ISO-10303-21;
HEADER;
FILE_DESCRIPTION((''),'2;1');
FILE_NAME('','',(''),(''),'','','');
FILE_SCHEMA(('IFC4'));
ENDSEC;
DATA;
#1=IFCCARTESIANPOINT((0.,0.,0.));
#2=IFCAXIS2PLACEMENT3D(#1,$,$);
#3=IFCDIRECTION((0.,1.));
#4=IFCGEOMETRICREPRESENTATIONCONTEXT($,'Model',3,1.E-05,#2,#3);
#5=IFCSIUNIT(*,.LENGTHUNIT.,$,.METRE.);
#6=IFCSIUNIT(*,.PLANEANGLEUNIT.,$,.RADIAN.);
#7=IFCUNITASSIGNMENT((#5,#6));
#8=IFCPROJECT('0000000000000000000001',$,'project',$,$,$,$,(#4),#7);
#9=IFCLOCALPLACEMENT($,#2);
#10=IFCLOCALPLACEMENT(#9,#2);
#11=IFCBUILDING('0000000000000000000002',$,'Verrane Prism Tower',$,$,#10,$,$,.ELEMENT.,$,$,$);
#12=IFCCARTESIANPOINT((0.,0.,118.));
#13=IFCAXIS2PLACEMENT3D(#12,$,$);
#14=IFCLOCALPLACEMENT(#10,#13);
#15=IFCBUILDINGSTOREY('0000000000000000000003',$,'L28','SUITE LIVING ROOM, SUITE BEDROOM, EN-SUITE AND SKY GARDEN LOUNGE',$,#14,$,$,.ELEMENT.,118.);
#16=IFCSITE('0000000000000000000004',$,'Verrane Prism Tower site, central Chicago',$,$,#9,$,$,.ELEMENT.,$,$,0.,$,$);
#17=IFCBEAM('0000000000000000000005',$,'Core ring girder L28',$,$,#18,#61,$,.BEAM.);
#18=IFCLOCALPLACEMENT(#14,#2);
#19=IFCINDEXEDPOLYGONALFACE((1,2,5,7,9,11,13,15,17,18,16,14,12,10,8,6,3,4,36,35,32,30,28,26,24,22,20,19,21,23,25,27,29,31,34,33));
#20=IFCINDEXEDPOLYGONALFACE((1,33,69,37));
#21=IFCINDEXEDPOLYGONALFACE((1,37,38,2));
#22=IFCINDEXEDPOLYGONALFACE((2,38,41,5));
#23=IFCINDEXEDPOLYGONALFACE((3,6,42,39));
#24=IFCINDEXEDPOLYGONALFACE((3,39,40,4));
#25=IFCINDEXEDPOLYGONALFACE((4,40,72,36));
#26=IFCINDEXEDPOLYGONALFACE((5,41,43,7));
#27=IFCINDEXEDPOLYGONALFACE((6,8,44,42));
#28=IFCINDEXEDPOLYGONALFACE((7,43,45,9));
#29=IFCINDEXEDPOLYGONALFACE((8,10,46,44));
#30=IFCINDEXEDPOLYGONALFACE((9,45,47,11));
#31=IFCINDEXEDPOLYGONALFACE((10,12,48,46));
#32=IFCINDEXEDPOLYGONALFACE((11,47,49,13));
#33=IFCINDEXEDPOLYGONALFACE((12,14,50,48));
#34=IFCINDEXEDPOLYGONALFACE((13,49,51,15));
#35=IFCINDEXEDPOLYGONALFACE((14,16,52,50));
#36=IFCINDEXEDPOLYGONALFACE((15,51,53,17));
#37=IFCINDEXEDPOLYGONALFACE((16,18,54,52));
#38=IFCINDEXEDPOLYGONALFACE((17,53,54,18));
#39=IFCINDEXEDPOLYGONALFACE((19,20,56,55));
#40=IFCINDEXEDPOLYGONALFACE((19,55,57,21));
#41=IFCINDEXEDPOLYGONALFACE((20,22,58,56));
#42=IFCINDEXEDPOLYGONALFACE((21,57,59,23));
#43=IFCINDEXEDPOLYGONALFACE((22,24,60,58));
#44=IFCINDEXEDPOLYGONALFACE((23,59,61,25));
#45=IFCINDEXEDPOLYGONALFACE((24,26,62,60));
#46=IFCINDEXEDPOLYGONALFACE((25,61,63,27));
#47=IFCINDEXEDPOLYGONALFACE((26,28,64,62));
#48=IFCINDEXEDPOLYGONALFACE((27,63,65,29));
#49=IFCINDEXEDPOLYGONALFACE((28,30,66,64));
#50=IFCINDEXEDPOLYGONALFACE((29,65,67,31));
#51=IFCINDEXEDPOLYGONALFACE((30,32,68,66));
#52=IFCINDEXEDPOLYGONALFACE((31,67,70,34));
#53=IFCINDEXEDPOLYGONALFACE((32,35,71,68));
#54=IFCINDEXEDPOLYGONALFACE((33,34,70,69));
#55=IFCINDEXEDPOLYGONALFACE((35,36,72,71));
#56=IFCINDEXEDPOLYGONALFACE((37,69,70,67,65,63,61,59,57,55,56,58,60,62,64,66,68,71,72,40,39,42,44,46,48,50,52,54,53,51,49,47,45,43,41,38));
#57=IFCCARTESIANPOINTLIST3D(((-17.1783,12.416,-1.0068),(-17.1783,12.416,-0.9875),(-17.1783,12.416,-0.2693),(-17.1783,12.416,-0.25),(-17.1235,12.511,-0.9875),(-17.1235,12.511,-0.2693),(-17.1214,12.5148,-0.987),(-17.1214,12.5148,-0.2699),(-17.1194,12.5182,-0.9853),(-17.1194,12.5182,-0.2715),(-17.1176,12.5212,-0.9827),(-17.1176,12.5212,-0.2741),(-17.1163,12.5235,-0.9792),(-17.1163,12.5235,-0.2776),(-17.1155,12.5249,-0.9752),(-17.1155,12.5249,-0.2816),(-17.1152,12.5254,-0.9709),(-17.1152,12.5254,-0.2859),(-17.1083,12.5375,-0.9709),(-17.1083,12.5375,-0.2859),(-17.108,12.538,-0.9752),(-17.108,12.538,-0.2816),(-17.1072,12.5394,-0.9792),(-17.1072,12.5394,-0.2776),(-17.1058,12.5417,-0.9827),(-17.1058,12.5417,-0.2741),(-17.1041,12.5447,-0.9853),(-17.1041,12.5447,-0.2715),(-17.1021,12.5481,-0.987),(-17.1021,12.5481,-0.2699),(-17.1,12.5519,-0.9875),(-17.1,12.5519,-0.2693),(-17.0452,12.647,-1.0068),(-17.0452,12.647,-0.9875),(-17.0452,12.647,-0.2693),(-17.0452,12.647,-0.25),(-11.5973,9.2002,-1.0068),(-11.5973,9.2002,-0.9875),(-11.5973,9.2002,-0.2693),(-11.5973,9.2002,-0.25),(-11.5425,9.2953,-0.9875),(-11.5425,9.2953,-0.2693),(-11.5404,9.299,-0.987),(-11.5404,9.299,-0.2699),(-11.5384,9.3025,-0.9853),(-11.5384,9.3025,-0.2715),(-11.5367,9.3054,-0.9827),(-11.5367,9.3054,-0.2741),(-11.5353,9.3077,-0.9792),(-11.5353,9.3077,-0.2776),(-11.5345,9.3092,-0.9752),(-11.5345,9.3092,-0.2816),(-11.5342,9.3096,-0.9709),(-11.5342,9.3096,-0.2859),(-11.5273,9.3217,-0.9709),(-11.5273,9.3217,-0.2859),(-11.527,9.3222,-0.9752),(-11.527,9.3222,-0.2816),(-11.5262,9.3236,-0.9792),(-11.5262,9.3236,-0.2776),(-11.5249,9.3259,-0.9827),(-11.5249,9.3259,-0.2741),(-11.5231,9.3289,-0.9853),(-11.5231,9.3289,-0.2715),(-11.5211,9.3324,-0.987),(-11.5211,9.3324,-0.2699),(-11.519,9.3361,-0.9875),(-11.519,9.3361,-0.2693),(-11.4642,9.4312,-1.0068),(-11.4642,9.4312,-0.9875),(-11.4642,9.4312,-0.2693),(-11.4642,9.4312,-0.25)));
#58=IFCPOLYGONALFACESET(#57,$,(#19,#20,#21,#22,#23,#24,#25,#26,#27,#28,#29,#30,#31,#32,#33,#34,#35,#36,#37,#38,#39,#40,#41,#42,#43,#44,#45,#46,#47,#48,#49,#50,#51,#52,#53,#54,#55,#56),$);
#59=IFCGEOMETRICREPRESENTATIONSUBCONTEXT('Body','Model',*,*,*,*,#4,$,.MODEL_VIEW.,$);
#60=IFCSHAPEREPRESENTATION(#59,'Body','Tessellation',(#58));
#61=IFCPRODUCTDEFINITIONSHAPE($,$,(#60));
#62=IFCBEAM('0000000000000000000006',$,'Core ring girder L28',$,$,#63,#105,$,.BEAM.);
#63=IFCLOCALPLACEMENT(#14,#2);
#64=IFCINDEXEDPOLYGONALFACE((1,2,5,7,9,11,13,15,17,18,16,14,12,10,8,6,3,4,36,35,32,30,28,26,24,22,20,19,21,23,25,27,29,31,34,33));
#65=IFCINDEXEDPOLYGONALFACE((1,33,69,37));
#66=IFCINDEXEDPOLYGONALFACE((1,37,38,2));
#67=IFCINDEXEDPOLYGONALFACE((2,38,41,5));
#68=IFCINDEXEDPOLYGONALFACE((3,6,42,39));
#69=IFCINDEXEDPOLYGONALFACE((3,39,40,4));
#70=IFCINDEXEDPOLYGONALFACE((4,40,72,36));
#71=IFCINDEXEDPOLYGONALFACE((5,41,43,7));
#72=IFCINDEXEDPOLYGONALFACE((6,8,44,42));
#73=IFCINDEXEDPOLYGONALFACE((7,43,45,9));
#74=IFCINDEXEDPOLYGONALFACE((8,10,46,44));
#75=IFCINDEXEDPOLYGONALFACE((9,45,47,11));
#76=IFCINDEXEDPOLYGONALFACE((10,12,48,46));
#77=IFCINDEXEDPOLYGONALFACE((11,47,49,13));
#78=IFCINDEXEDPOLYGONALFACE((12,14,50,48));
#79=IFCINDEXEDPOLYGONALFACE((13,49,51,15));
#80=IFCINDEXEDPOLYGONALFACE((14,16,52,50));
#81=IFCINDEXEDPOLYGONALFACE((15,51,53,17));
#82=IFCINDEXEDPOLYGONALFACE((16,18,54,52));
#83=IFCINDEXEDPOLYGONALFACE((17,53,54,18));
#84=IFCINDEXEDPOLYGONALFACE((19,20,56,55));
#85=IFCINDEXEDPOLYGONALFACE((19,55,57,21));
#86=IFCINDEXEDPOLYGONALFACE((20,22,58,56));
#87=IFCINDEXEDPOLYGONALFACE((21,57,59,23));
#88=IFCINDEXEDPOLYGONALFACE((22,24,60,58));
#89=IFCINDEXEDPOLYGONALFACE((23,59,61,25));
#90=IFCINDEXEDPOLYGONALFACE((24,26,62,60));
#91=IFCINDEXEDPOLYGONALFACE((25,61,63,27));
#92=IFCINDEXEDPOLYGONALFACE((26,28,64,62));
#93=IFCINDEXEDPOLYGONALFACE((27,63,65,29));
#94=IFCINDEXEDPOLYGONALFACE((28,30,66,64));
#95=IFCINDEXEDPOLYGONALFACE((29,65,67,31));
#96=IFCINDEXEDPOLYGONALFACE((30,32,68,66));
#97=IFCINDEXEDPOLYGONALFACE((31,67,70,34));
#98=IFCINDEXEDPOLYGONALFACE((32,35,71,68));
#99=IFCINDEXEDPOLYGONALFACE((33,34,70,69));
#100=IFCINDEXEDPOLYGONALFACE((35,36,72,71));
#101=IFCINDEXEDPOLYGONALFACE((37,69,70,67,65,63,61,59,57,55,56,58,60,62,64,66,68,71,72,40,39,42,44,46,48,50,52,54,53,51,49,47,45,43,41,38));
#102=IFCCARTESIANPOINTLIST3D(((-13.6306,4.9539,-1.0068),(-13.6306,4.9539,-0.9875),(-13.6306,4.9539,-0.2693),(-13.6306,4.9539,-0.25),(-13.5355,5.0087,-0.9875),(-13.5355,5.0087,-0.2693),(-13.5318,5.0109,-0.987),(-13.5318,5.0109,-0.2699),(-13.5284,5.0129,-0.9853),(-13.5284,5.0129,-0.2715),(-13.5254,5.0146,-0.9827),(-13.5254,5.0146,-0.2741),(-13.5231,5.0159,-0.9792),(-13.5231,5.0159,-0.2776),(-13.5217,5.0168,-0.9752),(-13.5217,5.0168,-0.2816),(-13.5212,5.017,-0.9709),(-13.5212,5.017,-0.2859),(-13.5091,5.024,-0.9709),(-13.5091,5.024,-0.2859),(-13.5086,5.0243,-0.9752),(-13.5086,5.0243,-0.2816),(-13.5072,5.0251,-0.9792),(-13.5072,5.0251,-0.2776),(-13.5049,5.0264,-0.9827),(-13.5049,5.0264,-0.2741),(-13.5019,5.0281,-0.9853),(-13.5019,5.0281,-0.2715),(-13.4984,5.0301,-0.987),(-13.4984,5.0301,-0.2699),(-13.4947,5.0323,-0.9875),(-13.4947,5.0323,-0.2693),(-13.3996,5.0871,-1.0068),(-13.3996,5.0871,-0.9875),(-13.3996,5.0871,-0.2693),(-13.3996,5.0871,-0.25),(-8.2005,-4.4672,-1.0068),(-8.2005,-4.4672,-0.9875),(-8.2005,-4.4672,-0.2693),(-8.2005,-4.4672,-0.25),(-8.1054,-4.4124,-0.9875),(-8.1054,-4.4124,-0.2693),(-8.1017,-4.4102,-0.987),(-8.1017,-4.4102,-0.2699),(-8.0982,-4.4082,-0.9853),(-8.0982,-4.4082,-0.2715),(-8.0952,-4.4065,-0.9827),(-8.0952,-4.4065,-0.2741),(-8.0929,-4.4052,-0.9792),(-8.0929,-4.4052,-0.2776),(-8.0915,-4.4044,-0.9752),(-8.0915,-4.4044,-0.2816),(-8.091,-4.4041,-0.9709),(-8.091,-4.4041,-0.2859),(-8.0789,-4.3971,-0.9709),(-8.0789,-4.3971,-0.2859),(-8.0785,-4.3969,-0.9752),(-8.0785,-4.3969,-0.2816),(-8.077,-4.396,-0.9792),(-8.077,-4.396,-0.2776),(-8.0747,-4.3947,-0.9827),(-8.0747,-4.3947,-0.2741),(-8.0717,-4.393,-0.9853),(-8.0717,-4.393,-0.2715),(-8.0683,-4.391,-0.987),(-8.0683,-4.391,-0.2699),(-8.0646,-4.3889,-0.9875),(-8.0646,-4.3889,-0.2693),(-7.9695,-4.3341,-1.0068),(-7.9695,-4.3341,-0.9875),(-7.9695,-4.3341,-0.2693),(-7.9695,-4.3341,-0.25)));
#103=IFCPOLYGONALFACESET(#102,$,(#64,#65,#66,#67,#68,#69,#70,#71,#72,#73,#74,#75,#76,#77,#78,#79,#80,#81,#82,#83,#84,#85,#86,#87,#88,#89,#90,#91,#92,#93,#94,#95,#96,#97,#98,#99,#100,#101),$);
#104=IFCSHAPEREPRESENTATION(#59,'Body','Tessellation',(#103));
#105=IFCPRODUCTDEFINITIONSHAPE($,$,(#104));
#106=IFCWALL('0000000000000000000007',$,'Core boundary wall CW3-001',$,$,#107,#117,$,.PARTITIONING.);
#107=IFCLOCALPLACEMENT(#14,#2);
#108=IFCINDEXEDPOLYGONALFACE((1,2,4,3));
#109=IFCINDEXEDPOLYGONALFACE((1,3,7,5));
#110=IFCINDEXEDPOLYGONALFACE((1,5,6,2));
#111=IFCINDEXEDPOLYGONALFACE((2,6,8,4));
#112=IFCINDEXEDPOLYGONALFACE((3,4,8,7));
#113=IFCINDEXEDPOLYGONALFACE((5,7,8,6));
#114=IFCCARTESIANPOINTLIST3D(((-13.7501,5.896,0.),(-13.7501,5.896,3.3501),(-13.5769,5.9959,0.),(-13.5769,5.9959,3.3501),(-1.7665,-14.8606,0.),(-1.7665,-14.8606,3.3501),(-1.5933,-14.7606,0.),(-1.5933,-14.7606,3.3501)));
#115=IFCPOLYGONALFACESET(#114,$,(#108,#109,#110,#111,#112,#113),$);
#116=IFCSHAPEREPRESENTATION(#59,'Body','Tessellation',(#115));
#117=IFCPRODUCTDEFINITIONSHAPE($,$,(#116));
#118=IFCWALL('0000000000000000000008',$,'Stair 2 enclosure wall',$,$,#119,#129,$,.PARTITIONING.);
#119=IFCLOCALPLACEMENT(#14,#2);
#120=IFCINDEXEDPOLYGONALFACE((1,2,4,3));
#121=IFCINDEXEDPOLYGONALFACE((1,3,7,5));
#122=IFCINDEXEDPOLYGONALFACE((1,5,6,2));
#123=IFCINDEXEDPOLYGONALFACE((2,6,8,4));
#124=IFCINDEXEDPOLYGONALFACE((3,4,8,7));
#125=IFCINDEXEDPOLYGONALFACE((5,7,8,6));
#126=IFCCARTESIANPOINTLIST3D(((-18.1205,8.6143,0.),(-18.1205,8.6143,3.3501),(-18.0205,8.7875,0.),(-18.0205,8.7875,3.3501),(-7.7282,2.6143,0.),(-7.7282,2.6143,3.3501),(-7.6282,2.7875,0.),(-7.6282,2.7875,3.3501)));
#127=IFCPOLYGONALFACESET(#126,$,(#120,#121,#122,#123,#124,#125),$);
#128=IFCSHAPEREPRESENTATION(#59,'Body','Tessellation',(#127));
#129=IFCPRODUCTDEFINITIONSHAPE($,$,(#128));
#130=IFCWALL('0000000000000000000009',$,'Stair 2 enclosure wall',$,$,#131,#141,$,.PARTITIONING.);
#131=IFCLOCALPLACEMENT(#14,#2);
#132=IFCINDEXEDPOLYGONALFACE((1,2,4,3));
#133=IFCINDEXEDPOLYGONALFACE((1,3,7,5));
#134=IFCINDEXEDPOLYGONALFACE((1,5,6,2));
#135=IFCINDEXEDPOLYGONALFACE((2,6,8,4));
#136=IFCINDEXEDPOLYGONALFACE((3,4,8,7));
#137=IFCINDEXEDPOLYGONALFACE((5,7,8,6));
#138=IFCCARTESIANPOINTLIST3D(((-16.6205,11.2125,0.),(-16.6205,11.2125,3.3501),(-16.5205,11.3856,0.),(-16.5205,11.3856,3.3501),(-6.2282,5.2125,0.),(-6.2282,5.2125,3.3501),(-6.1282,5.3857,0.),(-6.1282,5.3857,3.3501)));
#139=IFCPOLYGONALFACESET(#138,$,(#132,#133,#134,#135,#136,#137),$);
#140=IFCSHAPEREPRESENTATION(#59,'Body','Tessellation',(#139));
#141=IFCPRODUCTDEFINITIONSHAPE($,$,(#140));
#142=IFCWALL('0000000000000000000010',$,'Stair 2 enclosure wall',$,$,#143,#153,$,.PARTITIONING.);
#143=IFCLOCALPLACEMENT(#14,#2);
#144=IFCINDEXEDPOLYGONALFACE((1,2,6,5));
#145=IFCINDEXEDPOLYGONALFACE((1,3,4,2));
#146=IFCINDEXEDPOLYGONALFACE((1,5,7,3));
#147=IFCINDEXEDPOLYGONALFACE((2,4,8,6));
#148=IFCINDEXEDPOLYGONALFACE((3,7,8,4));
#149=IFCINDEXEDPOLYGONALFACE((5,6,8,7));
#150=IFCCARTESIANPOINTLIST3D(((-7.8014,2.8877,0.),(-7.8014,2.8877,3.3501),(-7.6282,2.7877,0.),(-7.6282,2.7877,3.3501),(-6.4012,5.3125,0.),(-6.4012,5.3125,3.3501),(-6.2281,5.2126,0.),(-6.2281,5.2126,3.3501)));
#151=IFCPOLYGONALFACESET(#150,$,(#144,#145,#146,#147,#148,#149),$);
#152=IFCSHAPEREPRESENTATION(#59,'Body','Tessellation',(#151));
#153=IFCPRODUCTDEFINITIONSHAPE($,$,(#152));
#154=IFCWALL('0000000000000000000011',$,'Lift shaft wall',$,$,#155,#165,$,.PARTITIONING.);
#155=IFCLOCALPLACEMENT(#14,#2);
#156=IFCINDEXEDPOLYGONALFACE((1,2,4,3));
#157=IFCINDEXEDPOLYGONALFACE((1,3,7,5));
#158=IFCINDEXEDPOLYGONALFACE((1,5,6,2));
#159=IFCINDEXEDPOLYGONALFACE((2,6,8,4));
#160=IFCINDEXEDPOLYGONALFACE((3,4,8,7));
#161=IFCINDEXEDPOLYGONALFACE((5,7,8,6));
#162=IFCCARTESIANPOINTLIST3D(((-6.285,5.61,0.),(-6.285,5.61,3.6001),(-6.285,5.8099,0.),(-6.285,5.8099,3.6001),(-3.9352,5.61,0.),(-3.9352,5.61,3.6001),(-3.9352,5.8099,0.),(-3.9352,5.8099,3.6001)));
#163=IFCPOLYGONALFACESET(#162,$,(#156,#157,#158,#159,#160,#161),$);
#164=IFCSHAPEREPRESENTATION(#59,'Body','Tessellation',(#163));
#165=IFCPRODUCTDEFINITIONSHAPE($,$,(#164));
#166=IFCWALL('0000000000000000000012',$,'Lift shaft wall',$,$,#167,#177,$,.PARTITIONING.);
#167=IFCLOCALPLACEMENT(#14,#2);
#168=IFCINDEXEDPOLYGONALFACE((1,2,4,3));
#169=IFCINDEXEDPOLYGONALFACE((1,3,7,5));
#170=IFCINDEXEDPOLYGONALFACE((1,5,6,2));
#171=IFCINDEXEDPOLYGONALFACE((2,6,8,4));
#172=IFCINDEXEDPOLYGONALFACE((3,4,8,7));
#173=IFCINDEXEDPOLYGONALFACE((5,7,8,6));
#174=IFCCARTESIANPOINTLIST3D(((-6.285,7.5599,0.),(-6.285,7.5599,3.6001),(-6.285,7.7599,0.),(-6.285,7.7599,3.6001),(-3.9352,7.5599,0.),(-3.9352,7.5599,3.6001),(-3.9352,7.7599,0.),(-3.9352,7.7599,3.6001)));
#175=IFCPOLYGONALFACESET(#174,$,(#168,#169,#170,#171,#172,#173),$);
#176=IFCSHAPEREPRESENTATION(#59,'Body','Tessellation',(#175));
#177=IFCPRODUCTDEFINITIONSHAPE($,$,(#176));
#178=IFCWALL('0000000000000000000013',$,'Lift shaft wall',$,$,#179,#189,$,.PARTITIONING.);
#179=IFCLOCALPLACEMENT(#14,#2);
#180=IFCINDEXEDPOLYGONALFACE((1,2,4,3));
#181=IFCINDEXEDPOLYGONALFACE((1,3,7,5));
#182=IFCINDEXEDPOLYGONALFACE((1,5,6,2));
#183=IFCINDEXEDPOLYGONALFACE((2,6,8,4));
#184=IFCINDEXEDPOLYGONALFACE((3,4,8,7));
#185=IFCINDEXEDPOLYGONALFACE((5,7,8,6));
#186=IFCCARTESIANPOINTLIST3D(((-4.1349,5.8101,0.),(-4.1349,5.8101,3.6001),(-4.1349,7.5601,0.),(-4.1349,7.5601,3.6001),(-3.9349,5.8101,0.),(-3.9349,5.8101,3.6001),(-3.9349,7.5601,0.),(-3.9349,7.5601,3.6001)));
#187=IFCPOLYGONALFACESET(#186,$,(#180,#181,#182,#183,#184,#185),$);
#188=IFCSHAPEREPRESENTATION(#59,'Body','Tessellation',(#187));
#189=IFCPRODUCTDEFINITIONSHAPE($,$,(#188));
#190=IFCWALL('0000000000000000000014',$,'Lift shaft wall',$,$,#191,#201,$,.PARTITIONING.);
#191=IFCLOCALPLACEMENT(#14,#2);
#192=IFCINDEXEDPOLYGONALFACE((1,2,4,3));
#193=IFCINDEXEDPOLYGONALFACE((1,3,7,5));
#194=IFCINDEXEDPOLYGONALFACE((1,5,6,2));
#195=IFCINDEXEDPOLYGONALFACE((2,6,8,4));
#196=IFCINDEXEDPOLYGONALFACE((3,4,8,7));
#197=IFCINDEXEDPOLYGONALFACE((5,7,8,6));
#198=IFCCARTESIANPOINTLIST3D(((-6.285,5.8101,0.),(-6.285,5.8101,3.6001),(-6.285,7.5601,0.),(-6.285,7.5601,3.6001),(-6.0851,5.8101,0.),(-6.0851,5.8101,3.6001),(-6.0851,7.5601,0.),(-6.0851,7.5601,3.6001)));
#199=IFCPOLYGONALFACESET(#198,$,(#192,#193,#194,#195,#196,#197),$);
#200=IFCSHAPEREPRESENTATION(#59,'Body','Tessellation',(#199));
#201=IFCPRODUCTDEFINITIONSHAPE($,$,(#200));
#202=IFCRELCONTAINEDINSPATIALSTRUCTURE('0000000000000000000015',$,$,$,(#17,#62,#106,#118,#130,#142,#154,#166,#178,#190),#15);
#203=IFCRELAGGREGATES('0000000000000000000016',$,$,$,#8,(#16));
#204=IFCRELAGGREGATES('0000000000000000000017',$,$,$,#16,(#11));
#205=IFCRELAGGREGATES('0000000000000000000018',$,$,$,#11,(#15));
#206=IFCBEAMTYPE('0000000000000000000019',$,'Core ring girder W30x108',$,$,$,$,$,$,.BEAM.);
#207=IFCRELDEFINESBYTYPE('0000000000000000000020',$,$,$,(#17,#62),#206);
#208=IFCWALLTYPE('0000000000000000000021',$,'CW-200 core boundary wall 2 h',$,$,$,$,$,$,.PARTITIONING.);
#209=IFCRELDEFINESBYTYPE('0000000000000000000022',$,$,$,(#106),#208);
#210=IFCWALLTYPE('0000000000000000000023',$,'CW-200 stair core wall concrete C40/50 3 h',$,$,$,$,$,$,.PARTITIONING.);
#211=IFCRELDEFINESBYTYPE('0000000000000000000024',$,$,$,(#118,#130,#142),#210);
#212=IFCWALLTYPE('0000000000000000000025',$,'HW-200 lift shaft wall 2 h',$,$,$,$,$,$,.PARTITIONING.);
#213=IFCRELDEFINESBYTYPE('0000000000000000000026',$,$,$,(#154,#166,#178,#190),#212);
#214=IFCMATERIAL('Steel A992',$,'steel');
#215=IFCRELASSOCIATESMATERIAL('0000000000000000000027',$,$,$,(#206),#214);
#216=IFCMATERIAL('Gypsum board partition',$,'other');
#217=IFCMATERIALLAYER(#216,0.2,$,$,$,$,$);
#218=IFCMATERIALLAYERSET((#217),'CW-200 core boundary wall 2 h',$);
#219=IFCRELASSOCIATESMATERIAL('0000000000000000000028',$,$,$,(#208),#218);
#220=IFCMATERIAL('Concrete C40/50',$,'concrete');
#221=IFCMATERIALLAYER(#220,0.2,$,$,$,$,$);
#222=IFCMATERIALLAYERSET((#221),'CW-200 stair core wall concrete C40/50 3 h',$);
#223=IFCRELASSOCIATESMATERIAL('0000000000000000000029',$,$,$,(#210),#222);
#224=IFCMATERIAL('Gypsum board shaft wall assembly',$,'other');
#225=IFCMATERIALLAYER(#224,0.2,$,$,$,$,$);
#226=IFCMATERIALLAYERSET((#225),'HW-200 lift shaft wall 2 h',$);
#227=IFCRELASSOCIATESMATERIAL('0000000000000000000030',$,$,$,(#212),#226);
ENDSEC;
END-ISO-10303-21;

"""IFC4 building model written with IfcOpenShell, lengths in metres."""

from ifc_helpers import new_model, si_unit, direction, frame, frame_2d, origin, origin_2d, place, context, subcontext, project, spatial, rectangle, i_section, extrude, material, layer, layer_set, material_profile, profile_set, type_object, element, save


model = new_model("IFC4")

# Units and contexts
model_context = context("Model", 3, precision=1e-05, world=origin(), true_north=direction((0.0, 1.0)))
body_context = subcontext(model_context, "Body", "Model", "MODEL_VIEW")
ifc_project = project(units=[si_unit("LENGTHUNIT", "METRE"), si_unit("PLANEANGLEUNIT", "RADIAN")], contexts=[model_context])

# Site, building, storey
site_placement = place(None, origin())
site = spatial("IfcSite", under=ifc_project, at=site_placement, Name="Verrane Prism Tower site, central Chicago", CompositionType="ELEMENT", RefElevation=0.0)
building_placement = place(site_placement, origin())
building = spatial("IfcBuilding", under=site, at=building_placement, Name="Verrane Prism Tower", CompositionType="ELEMENT")
storey_placement = place(building_placement, frame((0.0, 0.0, 118.0)))
storey = spatial("IfcBuildingStorey", under=building, at=storey_placement, Name="L28", Description="SUITE LIVING ROOM, SUITE BEDROOM, EN-SUITE AND SKY GARDEN LOUNGE", CompositionType="ELEMENT", Elevation=118.0)

# Beams
ifc_material_1 = material(Name="Steel A992", Category="steel")
ifc_material_profile_1 = material_profile(ifc_material_1, i_section(OverallWidth=0.2666, OverallDepth=0.7568, WebThickness=0.0139, FlangeThickness=0.0193, FilletRadius=0.0166, at=origin_2d()), Name="W30x108")
ifc_profile_set_1 = profile_set([ifc_material_profile_1], Name="Steel A992")
beam_type = type_object("IfcBeamType", Name="Core ring girder W30x108", PredefinedType="BEAM", material=ifc_profile_set_1)
beam_1_placement = place(storey_placement, frame((-11.5308, 9.3157, -0.6284), z_axis=(-0.866456, 0.499254, 0.0), x_axis=(-0.499254, -0.866456, 0.0)))
element("IfcBeam", 1, at=beam_1_placement, inside=storey, type_object=beam_type, Name="Core ring girder L28", PredefinedType="BEAM", context=body_context, shape_type="SweptSolid", body=[
    extrude(i_section(OverallWidth=0.2666, OverallDepth=0.7568, WebThickness=0.0139, FlangeThickness=0.0193, FilletRadius=0.0166, at=origin_2d()), origin(), (0.0, 0.0, 1.0), 6.4412),
])
beam_2_placement = place(storey_placement, frame((-13.5151, 5.0205, -0.6284), z_axis=(0.499371, -0.866388, 0.0), x_axis=(0.866388, 0.499371, 0.0)))
element("IfcBeam", 2, at=beam_2_placement, inside=storey, type_object=beam_type, Name="Core ring girder L28", PredefinedType="BEAM", context=body_context, shape_type="SweptSolid", body=[
    extrude(i_section(OverallWidth=0.2666, OverallDepth=0.7568, WebThickness=0.0139, FlangeThickness=0.0193, FilletRadius=0.0166, at=origin_2d()), origin(), (0.0, 0.0, 1.0), 10.874),
])

# Walls
ifc_material_2 = material(Name="Gypsum board partition", Category="other")
ifc_layer_1 = layer(ifc_material_2, 0.2)
ifc_layer_set_1 = layer_set([ifc_layer_1], Name="CW-200 core boundary wall 2 h")
wall_type_1 = type_object("IfcWallType", Name="CW-200 core boundary wall 2 h", PredefinedType="PARTITIONING", material=ifc_layer_set_1)
wall_1_placement = place(storey_placement, frame((-13.6636, 5.946, 0.0), z_axis=(0.0, 0.0, 1.0), x_axis=(0.499994, -0.866029, 0.0)))
element("IfcWall", 3, at=wall_1_placement, inside=storey, type_object=wall_type_1, Name="Core boundary wall CW3-001", PredefinedType="PARTITIONING", context=body_context, shape_type="SweptSolid", body=[
    extrude(rectangle(XDim=23.9675, YDim=0.2, at=frame_2d((11.9839, 0.0))), origin(), (0.0, 0.0, 1.0), 3.3501),
])
ifc_material_3 = material(Name="Concrete C40/50", Category="concrete")
ifc_layer_2 = layer(ifc_material_3, 0.2)
ifc_layer_set_2 = layer_set([ifc_layer_2], Name="CW-200 stair core wall concrete C40/50 3 h")
wall_type_2 = type_object("IfcWallType", Name="CW-200 stair core wall concrete C40/50 3 h", PredefinedType="PARTITIONING", material=ifc_layer_set_2)
for number, where, z_axis, x_axis, name in (
    (4, (-7.6782, 2.7009, 0.0), (0.0, 0.0, 1.0), (-0.866026, 0.499999, 0.0), "Stair 2 enclosure wall"),
    (5, (-6.1782, 5.2991, 0.0), (0.0, 0.0, 1.0), (-0.866026, 0.499999, 0.0), "Stair 2 enclosure wall"),
):
    element("IfcWall", number, at=place(storey_placement, frame(where, z_axis=z_axis, x_axis=x_axis)), inside=storey, type_object=wall_type_2, Name=name, PredefinedType="PARTITIONING", context=body_context, shape_type="SweptSolid", body=[
        extrude(rectangle(XDim=12.0, YDim=0.2, at=frame_2d((6.0, 0.0))), origin(), (0.0, 0.0, 1.0), 3.3501),
    ])
wall_2_placement = place(storey_placement, frame((-6.3147, 5.2625, 0.0), z_axis=(0.0, 0.0, 1.0), x_axis=(-0.50005, -0.865997, 0.0)))
element("IfcWall", 6, at=wall_2_placement, inside=storey, type_object=wall_type_2, Name="Stair 2 enclosure wall", PredefinedType="PARTITIONING", context=body_context, shape_type="SweptSolid", body=[
    extrude(rectangle(XDim=2.8, YDim=0.2, at=frame_2d((1.3999, 0.0))), origin(), (0.0, 0.0, 1.0), 3.3501),
])
ifc_material_4 = material(Name="Gypsum board shaft wall assembly", Category="other")
ifc_layer_3 = layer(ifc_material_4, 0.2)
ifc_layer_set_3 = layer_set([ifc_layer_3], Name="HW-200 lift shaft wall 2 h")
wall_type_3 = type_object("IfcWallType", Name="HW-200 lift shaft wall 2 h", PredefinedType="PARTITIONING", material=ifc_layer_set_3)
for number, where, z_axis, x_axis, name in (
    (7, (-6.2849, 5.71, 0.0), (0.0, 0.0, 1.0), (1.0, 0.0, 0.0), "Lift shaft wall"),
    (8, (-6.2849, 7.6599, 0.0), (0.0, 0.0, 1.0), (1.0, 0.0, 0.0), "Lift shaft wall"),
):
    element("IfcWall", number, at=place(storey_placement, frame(where, z_axis=z_axis, x_axis=x_axis)), inside=storey, type_object=wall_type_3, Name=name, PredefinedType="PARTITIONING", context=body_context, shape_type="SweptSolid", body=[
        extrude(rectangle(XDim=2.3499, YDim=0.2, at=frame_2d((1.1748, 0.0))), origin(), (0.0, 0.0, 1.0), 3.6001),
    ])
for number, where, z_axis, x_axis, name in (
    (9, (-4.0349, 5.8101, 0.0), (0.0, 0.0, 1.0), (0.0, 1.0, 0.0), "Lift shaft wall"),
    (10, (-6.1851, 5.8101, 0.0), (0.0, 0.0, 1.0), (0.0, 1.0, 0.0), "Lift shaft wall"),
):
    element("IfcWall", number, at=place(storey_placement, frame(where, z_axis=z_axis, x_axis=x_axis)), inside=storey, type_object=wall_type_3, Name=name, PredefinedType="PARTITIONING", context=body_context, shape_type="SweptSolid", body=[
        extrude(rectangle(XDim=1.75, YDim=0.2, at=frame_2d((0.875, 0.0))), origin(), (0.0, 0.0, 1.0), 3.6001),
    ])

save(model, "model.ifc")
